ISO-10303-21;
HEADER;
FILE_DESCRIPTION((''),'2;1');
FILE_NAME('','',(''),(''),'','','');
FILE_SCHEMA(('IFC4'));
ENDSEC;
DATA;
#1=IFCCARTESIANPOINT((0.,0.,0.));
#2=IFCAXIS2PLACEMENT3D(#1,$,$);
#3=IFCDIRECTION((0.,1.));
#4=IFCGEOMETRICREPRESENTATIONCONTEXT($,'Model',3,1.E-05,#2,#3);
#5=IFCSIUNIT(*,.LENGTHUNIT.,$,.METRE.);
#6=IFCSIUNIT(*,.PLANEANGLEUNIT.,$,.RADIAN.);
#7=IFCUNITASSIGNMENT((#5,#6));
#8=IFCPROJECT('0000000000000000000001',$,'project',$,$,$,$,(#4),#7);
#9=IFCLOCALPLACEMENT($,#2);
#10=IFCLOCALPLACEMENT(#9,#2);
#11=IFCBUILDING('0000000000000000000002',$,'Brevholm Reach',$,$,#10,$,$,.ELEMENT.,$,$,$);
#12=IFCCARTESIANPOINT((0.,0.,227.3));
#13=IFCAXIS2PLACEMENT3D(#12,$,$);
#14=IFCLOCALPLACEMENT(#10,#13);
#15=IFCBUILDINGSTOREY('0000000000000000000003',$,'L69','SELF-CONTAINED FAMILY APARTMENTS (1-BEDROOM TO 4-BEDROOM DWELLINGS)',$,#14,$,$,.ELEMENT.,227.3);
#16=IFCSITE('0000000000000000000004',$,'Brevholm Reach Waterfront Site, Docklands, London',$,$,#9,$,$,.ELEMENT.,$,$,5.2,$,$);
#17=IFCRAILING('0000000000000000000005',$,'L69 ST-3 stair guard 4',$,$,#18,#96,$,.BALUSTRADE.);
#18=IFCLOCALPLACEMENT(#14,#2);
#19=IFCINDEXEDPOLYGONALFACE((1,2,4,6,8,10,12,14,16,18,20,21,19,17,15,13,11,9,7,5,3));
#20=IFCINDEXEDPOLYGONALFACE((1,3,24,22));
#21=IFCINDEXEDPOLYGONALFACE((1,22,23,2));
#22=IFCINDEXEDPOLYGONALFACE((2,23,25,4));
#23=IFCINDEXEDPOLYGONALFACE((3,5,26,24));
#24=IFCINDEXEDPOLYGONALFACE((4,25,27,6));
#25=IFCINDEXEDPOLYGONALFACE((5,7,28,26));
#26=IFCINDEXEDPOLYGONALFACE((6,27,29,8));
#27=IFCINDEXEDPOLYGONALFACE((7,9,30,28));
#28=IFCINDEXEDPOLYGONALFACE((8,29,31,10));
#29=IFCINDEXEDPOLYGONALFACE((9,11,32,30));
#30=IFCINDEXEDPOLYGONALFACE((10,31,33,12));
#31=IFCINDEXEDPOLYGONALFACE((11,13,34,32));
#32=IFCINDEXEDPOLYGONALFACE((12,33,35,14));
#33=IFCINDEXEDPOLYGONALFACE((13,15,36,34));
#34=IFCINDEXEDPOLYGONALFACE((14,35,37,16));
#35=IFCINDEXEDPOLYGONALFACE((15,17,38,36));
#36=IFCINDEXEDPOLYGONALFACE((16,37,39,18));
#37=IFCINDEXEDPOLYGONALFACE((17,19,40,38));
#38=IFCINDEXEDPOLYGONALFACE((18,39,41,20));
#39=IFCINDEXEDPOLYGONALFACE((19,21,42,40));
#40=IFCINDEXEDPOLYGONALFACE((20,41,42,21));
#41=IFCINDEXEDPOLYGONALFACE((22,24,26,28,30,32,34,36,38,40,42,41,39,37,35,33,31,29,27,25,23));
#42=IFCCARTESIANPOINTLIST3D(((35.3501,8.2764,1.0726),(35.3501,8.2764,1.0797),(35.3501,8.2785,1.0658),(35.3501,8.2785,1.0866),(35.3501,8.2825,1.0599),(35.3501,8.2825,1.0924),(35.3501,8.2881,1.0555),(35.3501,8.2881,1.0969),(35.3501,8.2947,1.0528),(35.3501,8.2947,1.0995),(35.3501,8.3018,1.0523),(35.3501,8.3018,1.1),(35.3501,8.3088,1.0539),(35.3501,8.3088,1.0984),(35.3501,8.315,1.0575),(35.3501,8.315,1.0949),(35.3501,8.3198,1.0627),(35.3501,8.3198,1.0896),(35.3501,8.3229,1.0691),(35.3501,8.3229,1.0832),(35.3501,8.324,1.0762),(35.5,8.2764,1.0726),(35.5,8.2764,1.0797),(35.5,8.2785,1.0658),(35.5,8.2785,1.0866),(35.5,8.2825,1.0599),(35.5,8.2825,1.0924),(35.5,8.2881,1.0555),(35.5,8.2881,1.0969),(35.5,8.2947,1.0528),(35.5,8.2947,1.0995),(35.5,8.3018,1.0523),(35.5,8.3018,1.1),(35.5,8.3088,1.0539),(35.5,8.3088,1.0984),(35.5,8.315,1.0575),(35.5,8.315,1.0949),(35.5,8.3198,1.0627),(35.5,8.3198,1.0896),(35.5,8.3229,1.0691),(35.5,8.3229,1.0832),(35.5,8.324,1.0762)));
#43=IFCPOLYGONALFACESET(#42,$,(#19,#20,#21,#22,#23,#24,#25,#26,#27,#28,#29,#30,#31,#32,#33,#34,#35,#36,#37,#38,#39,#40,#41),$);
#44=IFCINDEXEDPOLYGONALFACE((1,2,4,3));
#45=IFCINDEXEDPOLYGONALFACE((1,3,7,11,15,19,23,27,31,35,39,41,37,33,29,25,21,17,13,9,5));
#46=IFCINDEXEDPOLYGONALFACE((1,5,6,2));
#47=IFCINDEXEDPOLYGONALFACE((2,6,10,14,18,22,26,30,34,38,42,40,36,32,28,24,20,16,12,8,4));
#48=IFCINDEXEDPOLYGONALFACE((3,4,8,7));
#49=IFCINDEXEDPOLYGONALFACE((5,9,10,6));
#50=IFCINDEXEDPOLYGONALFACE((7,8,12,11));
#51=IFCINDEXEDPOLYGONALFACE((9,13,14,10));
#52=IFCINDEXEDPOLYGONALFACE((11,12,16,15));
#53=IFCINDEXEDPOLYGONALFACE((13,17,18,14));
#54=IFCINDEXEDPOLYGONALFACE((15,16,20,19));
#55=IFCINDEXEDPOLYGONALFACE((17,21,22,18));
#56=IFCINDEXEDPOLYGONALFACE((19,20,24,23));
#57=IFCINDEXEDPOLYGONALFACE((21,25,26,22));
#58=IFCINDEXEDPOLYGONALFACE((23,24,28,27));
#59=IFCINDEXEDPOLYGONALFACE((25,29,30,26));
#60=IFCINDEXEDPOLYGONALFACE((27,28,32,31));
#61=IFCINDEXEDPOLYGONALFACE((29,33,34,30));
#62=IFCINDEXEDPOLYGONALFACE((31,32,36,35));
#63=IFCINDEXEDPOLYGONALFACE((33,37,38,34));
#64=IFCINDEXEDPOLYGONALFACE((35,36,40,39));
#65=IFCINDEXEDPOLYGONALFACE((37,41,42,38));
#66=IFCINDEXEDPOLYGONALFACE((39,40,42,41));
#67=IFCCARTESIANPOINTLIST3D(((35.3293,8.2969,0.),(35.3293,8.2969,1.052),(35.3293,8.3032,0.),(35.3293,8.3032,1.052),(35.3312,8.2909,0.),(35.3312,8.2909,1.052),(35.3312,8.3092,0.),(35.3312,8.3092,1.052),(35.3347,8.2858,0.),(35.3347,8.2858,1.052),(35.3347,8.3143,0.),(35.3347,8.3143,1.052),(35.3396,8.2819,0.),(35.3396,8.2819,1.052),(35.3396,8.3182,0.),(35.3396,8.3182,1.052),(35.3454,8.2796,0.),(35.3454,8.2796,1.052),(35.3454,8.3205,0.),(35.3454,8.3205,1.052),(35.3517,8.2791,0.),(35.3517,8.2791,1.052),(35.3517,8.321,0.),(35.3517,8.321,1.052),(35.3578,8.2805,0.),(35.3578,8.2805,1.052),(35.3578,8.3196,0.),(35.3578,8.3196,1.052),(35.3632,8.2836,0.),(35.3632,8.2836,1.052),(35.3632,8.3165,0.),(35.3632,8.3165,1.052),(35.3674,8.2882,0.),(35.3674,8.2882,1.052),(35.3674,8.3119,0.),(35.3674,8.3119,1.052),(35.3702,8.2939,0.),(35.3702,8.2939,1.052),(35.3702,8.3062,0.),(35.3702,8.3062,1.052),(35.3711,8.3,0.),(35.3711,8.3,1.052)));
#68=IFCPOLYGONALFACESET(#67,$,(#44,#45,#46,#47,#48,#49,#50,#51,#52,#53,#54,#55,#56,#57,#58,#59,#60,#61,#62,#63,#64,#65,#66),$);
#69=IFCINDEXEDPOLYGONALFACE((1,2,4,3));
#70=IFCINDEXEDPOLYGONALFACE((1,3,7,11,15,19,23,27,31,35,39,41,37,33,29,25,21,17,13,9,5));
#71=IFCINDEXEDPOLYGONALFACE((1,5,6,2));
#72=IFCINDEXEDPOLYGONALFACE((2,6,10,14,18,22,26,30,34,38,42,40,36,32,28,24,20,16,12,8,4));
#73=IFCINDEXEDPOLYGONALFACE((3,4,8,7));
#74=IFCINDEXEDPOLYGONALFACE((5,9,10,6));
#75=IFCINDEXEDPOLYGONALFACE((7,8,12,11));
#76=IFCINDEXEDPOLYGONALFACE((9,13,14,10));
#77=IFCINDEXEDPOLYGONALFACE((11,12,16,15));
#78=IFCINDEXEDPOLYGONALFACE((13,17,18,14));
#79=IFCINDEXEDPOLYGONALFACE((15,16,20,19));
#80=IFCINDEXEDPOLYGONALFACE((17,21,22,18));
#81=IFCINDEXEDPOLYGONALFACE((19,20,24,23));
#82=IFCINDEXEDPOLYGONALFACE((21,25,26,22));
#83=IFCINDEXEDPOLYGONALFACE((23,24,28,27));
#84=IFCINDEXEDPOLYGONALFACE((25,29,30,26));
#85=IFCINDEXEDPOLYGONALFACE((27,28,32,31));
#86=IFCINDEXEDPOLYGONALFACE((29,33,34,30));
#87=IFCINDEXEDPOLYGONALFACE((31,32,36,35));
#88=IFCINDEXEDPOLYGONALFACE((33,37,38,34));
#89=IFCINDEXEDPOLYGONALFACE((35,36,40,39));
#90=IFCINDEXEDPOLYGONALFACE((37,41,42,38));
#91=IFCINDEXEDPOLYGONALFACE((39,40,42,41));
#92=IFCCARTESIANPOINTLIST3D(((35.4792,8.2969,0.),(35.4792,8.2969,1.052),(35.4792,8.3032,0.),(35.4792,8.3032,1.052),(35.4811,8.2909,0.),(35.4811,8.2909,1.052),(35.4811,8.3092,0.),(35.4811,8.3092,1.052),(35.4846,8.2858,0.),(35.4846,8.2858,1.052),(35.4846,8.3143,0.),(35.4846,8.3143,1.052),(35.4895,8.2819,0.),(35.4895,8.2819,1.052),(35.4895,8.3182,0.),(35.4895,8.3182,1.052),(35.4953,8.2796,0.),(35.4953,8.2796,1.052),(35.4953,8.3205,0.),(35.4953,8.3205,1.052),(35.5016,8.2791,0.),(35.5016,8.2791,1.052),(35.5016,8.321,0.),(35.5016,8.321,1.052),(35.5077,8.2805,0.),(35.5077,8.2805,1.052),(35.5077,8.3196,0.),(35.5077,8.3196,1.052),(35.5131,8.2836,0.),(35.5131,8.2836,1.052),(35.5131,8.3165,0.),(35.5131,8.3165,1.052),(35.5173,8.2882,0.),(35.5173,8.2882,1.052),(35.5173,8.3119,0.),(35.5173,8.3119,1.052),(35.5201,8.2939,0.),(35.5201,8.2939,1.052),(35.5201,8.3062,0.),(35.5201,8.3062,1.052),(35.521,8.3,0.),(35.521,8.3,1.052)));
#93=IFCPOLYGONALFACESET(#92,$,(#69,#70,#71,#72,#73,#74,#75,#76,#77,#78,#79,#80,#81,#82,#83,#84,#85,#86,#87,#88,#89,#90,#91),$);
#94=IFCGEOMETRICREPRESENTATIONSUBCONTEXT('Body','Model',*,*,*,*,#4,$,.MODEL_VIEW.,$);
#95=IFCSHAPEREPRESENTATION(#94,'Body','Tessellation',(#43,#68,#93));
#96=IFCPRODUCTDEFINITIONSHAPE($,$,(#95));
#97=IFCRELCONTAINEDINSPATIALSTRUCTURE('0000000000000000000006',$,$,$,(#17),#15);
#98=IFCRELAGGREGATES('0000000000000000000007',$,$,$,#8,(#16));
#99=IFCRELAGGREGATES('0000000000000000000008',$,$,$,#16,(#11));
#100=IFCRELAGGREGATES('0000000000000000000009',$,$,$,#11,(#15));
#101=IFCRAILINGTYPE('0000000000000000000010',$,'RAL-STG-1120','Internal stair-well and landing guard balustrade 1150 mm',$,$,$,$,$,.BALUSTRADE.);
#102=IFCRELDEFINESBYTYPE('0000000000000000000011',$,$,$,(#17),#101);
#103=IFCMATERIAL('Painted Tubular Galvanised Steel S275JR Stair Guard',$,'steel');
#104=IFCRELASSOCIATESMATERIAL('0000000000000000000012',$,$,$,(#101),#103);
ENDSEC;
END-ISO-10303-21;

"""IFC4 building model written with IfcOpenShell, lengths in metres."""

from ifc_helpers import new_model, si_unit, direction, frame, origin, origin_2d, place, context, subcontext, project, spatial, circle, extrude, material, type_object, element, save


model = new_model("IFC4")

# Units and contexts
model_context = context("Model", 3, precision=1e-05, world=origin(), true_north=direction((0.0, 1.0)))
body_context = subcontext(model_context, "Body", "Model", "MODEL_VIEW")
ifc_project = project(units=[si_unit("LENGTHUNIT", "METRE"), si_unit("PLANEANGLEUNIT", "RADIAN")], contexts=[model_context])

# Site, building, storey
site_placement = place(None, origin())
site = spatial("IfcSite", under=ifc_project, at=site_placement, Name="Brevholm Reach Waterfront Site, Docklands, London", CompositionType="ELEMENT", RefElevation=5.2)
building_placement = place(site_placement, origin())
building = spatial("IfcBuilding", under=site, at=building_placement, Name="Brevholm Reach", CompositionType="ELEMENT")
storey_placement = place(building_placement, frame((0.0, 0.0, 227.3)))
storey = spatial("IfcBuildingStorey", under=building, at=storey_placement, Name="L69", Description="SELF-CONTAINED FAMILY APARTMENTS (1-BEDROOM TO 4-BEDROOM DWELLINGS)", CompositionType="ELEMENT", Elevation=227.3)

# Railing
ifc_material_1 = material(Name="Painted Tubular Galvanised Steel S275JR Stair Guard", Category="steel")
railing_type_1 = type_object("IfcRailingType", Name="RAL-STG-1120", Description="Internal stair-well and landing guard balustrade 1150 mm", PredefinedType="BALUSTRADE", material=ifc_material_1)
railing_1_placement = place(storey_placement, frame((35.3501, 8.3, 0.0)))
element("IfcRailing", 1, at=railing_1_placement, inside=storey, type_object=railing_type_1, Name="L69 ST-3 stair guard 4", PredefinedType="BALUSTRADE", context=body_context, shape_type="SweptSolid", body=[
    extrude(circle(Radius=0.0239, at=origin_2d()), frame((0.0, 0.0, 1.0762), z_axis=(1.0, 0.0, 0.0), x_axis=(0.0, 1.0, 0.0)), (0.0, 0.0, 1.0), 0.1499),
    extrude(circle(Radius=0.021, at=origin_2d()), origin(), (0.0, 0.0, 1.0), 1.052),
    extrude(circle(Radius=0.021, at=origin_2d()), frame((0.1499, 0.0, 0.0)), (0.0, 0.0, 1.0), 1.052),
])

save(model, "model.ifc")
